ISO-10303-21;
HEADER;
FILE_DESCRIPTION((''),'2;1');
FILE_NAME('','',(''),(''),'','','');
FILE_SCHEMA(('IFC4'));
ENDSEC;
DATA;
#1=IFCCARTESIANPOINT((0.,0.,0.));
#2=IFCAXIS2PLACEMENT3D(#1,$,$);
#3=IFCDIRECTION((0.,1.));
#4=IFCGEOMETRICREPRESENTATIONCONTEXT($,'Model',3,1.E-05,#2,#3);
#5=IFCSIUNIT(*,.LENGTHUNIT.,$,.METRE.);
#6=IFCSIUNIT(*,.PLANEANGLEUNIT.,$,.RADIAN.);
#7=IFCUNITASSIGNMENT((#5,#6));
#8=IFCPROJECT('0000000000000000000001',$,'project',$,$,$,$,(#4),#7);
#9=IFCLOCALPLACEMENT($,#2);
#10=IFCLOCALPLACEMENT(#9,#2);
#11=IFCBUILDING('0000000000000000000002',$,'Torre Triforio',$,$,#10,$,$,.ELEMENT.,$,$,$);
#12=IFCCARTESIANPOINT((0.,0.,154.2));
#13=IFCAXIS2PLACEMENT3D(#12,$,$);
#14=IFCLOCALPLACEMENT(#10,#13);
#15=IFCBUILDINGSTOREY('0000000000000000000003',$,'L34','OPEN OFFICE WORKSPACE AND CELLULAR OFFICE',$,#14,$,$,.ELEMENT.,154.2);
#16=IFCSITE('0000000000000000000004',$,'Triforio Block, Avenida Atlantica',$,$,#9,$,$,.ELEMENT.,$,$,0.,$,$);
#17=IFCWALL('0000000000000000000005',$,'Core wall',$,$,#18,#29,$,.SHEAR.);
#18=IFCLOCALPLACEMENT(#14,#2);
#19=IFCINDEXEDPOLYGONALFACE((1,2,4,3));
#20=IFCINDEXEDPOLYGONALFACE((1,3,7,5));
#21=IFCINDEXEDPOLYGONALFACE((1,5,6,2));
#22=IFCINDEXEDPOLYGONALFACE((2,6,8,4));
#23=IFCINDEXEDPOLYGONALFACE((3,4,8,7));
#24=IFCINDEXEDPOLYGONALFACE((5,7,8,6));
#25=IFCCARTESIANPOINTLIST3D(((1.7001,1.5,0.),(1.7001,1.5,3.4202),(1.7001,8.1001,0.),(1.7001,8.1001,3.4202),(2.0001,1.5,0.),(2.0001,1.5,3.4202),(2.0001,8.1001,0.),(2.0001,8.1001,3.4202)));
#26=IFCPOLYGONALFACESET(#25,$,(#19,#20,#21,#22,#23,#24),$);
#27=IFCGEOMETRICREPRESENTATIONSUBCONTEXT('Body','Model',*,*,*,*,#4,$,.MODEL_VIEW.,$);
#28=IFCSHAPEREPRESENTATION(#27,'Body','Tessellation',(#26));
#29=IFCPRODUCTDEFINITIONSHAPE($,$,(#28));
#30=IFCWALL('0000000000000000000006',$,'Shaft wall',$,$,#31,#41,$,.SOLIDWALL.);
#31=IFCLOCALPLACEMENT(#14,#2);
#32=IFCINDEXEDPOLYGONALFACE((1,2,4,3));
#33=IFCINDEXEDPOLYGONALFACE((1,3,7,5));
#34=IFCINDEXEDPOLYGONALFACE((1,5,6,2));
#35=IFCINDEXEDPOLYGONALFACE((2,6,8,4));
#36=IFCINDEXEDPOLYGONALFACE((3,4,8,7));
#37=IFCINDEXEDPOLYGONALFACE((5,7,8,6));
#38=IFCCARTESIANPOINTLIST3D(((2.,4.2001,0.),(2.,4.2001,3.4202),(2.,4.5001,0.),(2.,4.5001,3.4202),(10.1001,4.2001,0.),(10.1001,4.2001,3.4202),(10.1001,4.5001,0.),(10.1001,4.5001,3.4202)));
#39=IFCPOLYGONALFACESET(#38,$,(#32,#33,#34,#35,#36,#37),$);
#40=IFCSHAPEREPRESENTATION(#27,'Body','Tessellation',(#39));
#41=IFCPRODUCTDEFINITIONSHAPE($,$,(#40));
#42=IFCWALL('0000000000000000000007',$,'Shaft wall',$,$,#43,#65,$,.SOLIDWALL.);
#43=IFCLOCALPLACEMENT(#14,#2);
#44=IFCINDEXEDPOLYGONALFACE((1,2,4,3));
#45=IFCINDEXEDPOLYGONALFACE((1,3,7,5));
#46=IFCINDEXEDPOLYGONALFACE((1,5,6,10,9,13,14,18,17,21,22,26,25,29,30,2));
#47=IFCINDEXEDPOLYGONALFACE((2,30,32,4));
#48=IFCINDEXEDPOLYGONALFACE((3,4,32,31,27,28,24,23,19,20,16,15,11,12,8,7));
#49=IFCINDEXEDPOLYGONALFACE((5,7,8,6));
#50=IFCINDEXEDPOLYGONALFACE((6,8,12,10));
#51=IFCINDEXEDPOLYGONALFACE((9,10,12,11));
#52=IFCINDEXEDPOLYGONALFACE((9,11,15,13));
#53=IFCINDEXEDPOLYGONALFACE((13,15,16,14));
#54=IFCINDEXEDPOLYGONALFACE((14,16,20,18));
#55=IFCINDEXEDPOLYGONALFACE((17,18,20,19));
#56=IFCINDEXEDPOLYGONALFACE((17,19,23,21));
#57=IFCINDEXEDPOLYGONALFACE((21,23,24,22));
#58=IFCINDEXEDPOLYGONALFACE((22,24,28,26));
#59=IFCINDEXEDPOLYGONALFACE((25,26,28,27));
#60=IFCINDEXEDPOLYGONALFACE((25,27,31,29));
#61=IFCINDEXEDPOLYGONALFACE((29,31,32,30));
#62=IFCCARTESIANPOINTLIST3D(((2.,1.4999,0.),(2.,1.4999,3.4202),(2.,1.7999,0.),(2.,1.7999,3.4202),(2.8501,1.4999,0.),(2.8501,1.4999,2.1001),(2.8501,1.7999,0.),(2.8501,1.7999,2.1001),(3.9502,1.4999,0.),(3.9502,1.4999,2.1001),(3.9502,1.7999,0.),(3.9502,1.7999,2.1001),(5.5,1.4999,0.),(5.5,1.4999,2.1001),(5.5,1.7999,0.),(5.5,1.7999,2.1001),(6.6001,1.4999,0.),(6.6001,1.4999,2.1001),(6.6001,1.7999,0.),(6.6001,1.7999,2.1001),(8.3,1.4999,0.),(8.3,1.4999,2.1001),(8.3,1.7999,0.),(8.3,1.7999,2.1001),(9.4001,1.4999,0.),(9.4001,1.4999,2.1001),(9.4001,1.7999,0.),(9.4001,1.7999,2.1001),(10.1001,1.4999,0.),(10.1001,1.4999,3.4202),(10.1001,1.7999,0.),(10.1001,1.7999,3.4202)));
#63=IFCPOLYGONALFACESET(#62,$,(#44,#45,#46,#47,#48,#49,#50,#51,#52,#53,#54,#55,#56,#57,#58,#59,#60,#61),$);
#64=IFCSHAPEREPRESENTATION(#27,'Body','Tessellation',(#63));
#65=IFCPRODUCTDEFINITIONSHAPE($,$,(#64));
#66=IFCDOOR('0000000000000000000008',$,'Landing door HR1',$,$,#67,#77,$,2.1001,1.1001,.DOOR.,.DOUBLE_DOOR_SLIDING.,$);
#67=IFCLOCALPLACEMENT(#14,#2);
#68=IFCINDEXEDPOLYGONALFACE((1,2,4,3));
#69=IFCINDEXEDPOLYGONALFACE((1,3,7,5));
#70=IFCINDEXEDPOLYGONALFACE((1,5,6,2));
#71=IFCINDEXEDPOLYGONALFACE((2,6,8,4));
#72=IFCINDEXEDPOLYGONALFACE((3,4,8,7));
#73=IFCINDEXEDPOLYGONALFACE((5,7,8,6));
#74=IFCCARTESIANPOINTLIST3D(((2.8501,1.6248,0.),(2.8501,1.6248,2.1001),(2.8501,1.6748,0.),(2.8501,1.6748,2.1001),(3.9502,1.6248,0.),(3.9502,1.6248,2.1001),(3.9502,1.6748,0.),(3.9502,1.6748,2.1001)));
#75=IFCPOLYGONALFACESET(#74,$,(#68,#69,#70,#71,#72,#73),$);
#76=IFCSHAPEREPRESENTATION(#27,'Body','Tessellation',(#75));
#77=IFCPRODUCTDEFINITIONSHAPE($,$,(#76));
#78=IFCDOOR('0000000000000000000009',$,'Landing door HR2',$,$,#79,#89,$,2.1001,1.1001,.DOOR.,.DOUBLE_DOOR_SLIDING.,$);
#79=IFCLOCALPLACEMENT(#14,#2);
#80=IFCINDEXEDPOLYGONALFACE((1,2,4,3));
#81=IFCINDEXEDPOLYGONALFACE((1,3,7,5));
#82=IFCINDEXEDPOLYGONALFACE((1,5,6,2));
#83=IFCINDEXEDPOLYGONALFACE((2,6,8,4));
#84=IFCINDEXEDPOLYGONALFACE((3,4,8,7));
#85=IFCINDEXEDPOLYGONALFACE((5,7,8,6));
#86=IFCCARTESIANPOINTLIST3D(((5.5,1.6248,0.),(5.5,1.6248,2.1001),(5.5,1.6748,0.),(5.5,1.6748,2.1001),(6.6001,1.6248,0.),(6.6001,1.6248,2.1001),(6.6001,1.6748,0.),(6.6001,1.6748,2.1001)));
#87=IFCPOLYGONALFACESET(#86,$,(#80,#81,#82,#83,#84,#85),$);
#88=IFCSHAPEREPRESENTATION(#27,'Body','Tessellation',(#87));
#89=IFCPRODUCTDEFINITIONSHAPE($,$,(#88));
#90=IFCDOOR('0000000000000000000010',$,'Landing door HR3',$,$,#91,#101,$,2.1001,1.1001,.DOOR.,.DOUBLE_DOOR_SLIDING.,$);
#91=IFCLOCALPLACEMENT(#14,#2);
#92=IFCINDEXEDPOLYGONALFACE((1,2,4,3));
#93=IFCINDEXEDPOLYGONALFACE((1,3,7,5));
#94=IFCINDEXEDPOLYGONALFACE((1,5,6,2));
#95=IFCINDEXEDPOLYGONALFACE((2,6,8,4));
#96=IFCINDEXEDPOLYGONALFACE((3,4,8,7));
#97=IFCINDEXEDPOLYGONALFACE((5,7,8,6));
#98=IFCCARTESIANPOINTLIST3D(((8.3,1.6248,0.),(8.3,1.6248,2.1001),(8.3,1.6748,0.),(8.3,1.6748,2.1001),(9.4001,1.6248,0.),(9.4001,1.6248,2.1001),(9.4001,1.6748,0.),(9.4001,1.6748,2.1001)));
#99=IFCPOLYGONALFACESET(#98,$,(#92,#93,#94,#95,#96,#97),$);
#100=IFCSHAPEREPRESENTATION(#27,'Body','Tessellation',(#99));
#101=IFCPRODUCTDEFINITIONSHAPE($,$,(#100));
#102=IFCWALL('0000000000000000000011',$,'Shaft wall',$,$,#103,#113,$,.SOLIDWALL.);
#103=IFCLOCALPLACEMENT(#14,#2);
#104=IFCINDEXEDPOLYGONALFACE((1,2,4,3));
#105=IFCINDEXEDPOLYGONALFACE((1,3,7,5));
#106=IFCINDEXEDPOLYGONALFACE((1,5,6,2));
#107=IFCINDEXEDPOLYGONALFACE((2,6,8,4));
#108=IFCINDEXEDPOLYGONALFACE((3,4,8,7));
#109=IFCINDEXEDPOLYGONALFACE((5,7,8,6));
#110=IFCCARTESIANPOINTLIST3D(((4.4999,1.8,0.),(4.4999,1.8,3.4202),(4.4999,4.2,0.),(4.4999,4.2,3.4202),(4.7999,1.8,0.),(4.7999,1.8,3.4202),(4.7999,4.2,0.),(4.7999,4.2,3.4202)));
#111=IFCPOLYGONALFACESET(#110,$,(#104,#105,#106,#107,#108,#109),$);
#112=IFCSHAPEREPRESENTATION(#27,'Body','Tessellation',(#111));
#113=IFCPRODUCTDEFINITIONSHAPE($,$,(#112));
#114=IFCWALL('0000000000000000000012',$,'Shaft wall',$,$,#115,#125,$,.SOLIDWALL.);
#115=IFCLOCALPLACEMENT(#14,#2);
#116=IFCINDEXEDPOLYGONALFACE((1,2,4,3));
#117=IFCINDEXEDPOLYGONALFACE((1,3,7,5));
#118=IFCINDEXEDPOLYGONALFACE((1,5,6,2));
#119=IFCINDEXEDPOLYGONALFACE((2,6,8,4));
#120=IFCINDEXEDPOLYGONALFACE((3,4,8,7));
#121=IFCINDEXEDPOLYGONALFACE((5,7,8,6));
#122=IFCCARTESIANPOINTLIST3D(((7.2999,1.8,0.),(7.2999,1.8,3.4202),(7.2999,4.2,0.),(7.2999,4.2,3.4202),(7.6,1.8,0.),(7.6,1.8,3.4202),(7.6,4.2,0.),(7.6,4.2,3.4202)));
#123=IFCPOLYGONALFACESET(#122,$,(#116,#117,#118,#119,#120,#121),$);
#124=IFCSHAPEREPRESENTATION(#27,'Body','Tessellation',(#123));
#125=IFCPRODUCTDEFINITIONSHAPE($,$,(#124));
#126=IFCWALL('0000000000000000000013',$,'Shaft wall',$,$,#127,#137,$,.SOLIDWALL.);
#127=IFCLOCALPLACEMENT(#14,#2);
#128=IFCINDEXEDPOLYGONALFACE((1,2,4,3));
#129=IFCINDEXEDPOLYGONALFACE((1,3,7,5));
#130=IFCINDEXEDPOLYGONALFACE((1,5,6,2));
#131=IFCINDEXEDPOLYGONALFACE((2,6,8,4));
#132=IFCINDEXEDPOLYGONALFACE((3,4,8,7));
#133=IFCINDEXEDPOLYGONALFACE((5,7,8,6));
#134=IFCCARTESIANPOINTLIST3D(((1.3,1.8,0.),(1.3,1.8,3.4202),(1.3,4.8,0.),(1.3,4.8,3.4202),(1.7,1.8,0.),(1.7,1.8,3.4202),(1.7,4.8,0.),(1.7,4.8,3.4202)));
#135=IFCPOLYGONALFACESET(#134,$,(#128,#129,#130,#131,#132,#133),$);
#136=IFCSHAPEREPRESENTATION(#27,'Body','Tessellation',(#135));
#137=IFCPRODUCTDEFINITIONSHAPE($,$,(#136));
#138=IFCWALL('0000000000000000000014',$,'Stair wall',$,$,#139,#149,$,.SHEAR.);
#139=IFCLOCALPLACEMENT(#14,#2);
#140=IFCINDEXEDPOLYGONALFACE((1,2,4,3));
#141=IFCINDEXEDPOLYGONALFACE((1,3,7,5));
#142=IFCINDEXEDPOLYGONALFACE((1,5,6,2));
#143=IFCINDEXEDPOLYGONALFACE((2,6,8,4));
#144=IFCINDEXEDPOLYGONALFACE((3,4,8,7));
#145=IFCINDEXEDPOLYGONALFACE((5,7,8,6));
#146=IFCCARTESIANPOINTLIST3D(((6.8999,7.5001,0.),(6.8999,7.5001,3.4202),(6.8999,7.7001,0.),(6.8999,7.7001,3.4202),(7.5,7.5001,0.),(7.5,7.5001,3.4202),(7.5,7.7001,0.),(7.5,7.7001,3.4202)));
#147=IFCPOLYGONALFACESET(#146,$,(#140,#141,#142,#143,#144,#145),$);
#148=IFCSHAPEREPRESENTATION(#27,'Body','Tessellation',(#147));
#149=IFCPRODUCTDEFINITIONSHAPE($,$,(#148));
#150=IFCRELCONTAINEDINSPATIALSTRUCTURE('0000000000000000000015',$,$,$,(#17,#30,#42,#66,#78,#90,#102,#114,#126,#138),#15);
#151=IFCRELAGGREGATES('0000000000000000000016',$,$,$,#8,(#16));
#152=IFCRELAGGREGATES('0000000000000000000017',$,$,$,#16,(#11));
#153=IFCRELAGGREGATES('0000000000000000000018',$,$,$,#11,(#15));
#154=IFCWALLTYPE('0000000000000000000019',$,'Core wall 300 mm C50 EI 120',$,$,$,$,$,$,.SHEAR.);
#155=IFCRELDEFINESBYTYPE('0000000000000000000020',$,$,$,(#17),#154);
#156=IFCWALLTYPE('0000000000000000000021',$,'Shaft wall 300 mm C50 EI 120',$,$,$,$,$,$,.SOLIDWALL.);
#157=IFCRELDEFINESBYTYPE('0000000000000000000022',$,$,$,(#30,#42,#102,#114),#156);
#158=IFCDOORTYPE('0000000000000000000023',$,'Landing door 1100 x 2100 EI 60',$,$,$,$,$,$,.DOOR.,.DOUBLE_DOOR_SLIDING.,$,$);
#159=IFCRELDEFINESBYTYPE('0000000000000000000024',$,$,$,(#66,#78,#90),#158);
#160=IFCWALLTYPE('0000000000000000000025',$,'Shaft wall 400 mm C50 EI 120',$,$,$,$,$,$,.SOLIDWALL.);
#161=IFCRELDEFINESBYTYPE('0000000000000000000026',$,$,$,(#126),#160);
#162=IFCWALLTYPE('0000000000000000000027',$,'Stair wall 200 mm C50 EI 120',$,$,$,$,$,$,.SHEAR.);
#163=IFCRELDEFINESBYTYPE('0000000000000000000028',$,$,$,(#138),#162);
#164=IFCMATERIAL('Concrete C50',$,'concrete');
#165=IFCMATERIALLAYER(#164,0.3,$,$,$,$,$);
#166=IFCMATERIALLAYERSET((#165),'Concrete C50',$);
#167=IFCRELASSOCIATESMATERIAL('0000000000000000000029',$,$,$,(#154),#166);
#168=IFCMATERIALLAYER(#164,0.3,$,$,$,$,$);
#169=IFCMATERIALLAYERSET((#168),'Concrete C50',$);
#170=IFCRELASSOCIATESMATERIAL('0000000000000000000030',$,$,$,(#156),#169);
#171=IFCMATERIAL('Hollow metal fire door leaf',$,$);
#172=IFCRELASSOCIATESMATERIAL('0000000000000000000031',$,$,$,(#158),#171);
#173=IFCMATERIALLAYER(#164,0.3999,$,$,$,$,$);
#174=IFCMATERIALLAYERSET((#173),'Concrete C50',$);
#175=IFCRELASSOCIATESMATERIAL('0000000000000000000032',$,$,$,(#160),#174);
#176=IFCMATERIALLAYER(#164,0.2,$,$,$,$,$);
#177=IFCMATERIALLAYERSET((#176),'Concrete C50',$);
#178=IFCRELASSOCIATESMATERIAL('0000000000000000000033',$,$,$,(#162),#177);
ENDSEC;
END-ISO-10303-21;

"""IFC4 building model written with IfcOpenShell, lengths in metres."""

from ifc_helpers import new_model, si_unit, direction, frame, frame_2d, origin, place, context, subcontext, project, spatial, rectangle, extrude, material, layer, layer_set, type_object, element, fill, save


model = new_model("IFC4")

# Units and contexts
model_context = context("Model", 3, precision=1e-05, world=origin(), true_north=direction((0.0, 1.0)))
body_context = subcontext(model_context, "Body", "Model", "MODEL_VIEW")
ifc_project = project(units=[si_unit("LENGTHUNIT", "METRE"), si_unit("PLANEANGLEUNIT", "RADIAN")], contexts=[model_context])

# Site, building, storey
site_placement = place(None, origin())
site = spatial("IfcSite", under=ifc_project, at=site_placement, Name="Triforio Block, Avenida Atlantica", CompositionType="ELEMENT", RefElevation=0.0)
building_placement = place(site_placement, origin())
building = spatial("IfcBuilding", under=site, at=building_placement, Name="Torre Triforio", CompositionType="ELEMENT")
storey_placement = place(building_placement, frame((0.0, 0.0, 154.2)))
storey = spatial("IfcBuildingStorey", under=building, at=storey_placement, Name="L34", Description="OPEN OFFICE WORKSPACE AND CELLULAR OFFICE", CompositionType="ELEMENT", Elevation=154.2)

# Walls
ifc_material_1 = material(Name="Concrete C50", Category="concrete")
ifc_layer_1 = layer(ifc_material_1, 0.3)
ifc_layer_set_1 = layer_set([ifc_layer_1], Name="Concrete C50")
wall_type_1 = type_object("IfcWallType", Name="Core wall 300 mm C50 EI 120", PredefinedType="SHEAR", material=ifc_layer_set_1)
wall_1_placement = place(storey_placement, frame((1.8501, 1.5, 0.0), z_axis=(0.0, 0.0, 1.0), x_axis=(0.0, 1.0, 0.0)))
element("IfcWall", 1, at=wall_1_placement, inside=storey, type_object=wall_type_1, Name="Core wall", PredefinedType="SHEAR", context=body_context, shape_type="SweptSolid", body=[
    extrude(rectangle(XDim=6.6001, YDim=0.3, at=frame_2d((3.3, 0.0))), origin(), (0.0, 0.0, 1.0), 3.4202),
])
ifc_layer_2 = layer(ifc_material_1, 0.3)
ifc_layer_set_2 = layer_set([ifc_layer_2], Name="Concrete C50")
wall_type_2 = type_object("IfcWallType", Name="Shaft wall 300 mm C50 EI 120", PredefinedType="SOLIDWALL", material=ifc_layer_set_2)
wall_2_placement = place(storey_placement, frame((2.0, 4.3501, 0.0), z_axis=(0.0, 0.0, 1.0), x_axis=(1.0, 0.0, 0.0)))
element("IfcWall", 2, at=wall_2_placement, inside=storey, type_object=wall_type_2, Name="Shaft wall", PredefinedType="SOLIDWALL", context=body_context, shape_type="SweptSolid", body=[
    extrude(rectangle(XDim=8.1001, YDim=0.3, at=frame_2d((4.05, 0.0))), origin(), (0.0, 0.0, 1.0), 3.4202),
])

# Wall, openings, doors
wall_3_placement = place(storey_placement, frame((2.0, 1.6499, 0.0), z_axis=(0.0, 0.0, 1.0), x_axis=(1.0, 0.0, 0.0)))
wall_3 = element("IfcWall", 3, at=wall_3_placement, inside=storey, type_object=wall_type_2, Name="Shaft wall", PredefinedType="SOLIDWALL", context=body_context, shape_type="SweptSolid", body=[
    extrude(rectangle(XDim=8.1001, YDim=0.3, at=frame_2d((4.05, 0.0))), origin(), (0.0, 0.0, 1.0), 3.4202),
])
opening_1_placement = place(wall_3_placement, frame((0.8501, 0.0, 0.0)))
opening_1 = element("IfcOpeningElement", 4, at=opening_1_placement, cuts=wall_3, PredefinedType="OPENING", context=body_context, shape_type="SweptSolid", body=[
    extrude(rectangle(XDim=1.1001, YDim=2.1001, at=frame_2d((0.55, 1.05))), frame((0.0, 0.1599, 0.0), z_axis=(0.0, -1.0, 0.0), x_axis=(1.0, 0.0, 0.0)), (0.0, 0.0, 1.0), 0.3201),
])
opening_2_placement = place(wall_3_placement, frame((3.5, 0.0, 0.0)))
opening_2 = element("IfcOpeningElement", 5, at=opening_2_placement, cuts=wall_3, PredefinedType="OPENING", context=body_context, shape_type="SweptSolid", body=[
    extrude(rectangle(XDim=1.1001, YDim=2.1001, at=frame_2d((0.55, 1.05))), frame((0.0, 0.1599, 0.0), z_axis=(0.0, -1.0, 0.0), x_axis=(1.0, 0.0, 0.0)), (0.0, 0.0, 1.0), 0.3201),
])
opening_3_placement = place(wall_3_placement, frame((6.3, 0.0, 0.0)))
opening_3 = element("IfcOpeningElement", 6, at=opening_3_placement, cuts=wall_3, PredefinedType="OPENING", context=body_context, shape_type="SweptSolid", body=[
    extrude(rectangle(XDim=1.1001, YDim=2.1001, at=frame_2d((0.55, 1.05))), frame((0.0, 0.1599, 0.0), z_axis=(0.0, -1.0, 0.0), x_axis=(1.0, 0.0, 0.0)), (0.0, 0.0, 1.0), 0.3201),
])
ifc_material_2 = material(Name="Hollow metal fire door leaf")
door_type_1 = type_object("IfcDoorType", Name="Landing door 1100 x 2100 EI 60", OperationType="DOUBLE_DOOR_SLIDING", PredefinedType="DOOR", material=ifc_material_2)
door_1_placement = place(opening_1_placement, origin())
door_1 = element("IfcDoor", 7, at=door_1_placement, inside=storey, type_object=door_type_1, Name="Landing door HR1", OperationType="DOUBLE_DOOR_SLIDING", OverallHeight=2.1001, OverallWidth=1.1001, PredefinedType="DOOR", context=body_context, shape_type="SweptSolid", body=[
    extrude(rectangle(XDim=1.1001, YDim=2.1001, at=frame_2d((0.55, 1.05))), frame((0.0, 0.0249, 0.0), z_axis=(0.0, -1.0, 0.0), x_axis=(1.0, 0.0, 0.0)), (0.0, 0.0, 1.0), 0.05),
])
fill(opening_1, door_1)
door_2_placement = place(opening_2_placement, origin())
door_2 = element("IfcDoor", 8, at=door_2_placement, inside=storey, type_object=door_type_1, Name="Landing door HR2", OperationType="DOUBLE_DOOR_SLIDING", OverallHeight=2.1001, OverallWidth=1.1001, PredefinedType="DOOR", context=body_context, shape_type="SweptSolid", body=[
    extrude(rectangle(XDim=1.1001, YDim=2.1001, at=frame_2d((0.55, 1.05))), frame((0.0, 0.0249, 0.0), z_axis=(0.0, -1.0, 0.0), x_axis=(1.0, 0.0, 0.0)), (0.0, 0.0, 1.0), 0.05),
])
fill(opening_2, door_2)
door_3_placement = place(opening_3_placement, origin())
door_3 = element("IfcDoor", 9, at=door_3_placement, inside=storey, type_object=door_type_1, Name="Landing door HR3", OperationType="DOUBLE_DOOR_SLIDING", OverallHeight=2.1001, OverallWidth=1.1001, PredefinedType="DOOR", context=body_context, shape_type="SweptSolid", body=[
    extrude(rectangle(XDim=1.1001, YDim=2.1001, at=frame_2d((0.55, 1.05))), frame((0.0, 0.0249, 0.0), z_axis=(0.0, -1.0, 0.0), x_axis=(1.0, 0.0, 0.0)), (0.0, 0.0, 1.0), 0.05),
])
fill(opening_3, door_3)

# Walls
for number, where, z_axis, x_axis, name in (
    (10, (4.6499, 1.8, 0.0), (0.0, 0.0, 1.0), (0.0, 1.0, 0.0), "Shaft wall"),
    (11, (7.45, 1.8, 0.0), (0.0, 0.0, 1.0), (0.0, 1.0, 0.0), "Shaft wall"),
):
    element("IfcWall", number, at=place(storey_placement, frame(where, z_axis=z_axis, x_axis=x_axis)), inside=storey, type_object=wall_type_2, Name=name, PredefinedType="SOLIDWALL", context=body_context, shape_type="SweptSolid", body=[
        extrude(rectangle(XDim=2.3999, YDim=0.3, at=frame_2d((1.2, 0.0))), origin(), (0.0, 0.0, 1.0), 3.4202),
    ])
ifc_layer_3 = layer(ifc_material_1, 0.3999)
ifc_layer_set_3 = layer_set([ifc_layer_3], Name="Concrete C50")
wall_type_3 = type_object("IfcWallType", Name="Shaft wall 400 mm C50 EI 120", PredefinedType="SOLIDWALL", material=ifc_layer_set_3)
wall_4_placement = place(storey_placement, frame((1.5, 1.8, 0.0), z_axis=(0.0, 0.0, 1.0), x_axis=(0.0, 1.0, 0.0)))
element("IfcWall", 12, at=wall_4_placement, inside=storey, type_object=wall_type_3, Name="Shaft wall", PredefinedType="SOLIDWALL", context=body_context, shape_type="SweptSolid", body=[
    extrude(rectangle(XDim=3.0, YDim=0.3999, at=frame_2d((1.5, 0.0))), origin(), (0.0, 0.0, 1.0), 3.4202),
])
ifc_layer_4 = layer(ifc_material_1, 0.2)
ifc_layer_set_4 = layer_set([ifc_layer_4], Name="Concrete C50")
wall_type_4 = type_object("IfcWallType", Name="Stair wall 200 mm C50 EI 120", PredefinedType="SHEAR", material=ifc_layer_set_4)
wall_5_placement = place(storey_placement, frame((6.8999, 7.6001, 0.0), z_axis=(0.0, 0.0, 1.0), x_axis=(1.0, 0.0, 0.0)))
element("IfcWall", 13, at=wall_5_placement, inside=storey, type_object=wall_type_4, Name="Stair wall", PredefinedType="SHEAR", context=body_context, shape_type="SweptSolid", body=[
    extrude(rectangle(XDim=0.6001, YDim=0.2, at=frame_2d((0.3, 0.0))), origin(), (0.0, 0.0, 1.0), 3.4202),
])

save(model, "model.ifc")
